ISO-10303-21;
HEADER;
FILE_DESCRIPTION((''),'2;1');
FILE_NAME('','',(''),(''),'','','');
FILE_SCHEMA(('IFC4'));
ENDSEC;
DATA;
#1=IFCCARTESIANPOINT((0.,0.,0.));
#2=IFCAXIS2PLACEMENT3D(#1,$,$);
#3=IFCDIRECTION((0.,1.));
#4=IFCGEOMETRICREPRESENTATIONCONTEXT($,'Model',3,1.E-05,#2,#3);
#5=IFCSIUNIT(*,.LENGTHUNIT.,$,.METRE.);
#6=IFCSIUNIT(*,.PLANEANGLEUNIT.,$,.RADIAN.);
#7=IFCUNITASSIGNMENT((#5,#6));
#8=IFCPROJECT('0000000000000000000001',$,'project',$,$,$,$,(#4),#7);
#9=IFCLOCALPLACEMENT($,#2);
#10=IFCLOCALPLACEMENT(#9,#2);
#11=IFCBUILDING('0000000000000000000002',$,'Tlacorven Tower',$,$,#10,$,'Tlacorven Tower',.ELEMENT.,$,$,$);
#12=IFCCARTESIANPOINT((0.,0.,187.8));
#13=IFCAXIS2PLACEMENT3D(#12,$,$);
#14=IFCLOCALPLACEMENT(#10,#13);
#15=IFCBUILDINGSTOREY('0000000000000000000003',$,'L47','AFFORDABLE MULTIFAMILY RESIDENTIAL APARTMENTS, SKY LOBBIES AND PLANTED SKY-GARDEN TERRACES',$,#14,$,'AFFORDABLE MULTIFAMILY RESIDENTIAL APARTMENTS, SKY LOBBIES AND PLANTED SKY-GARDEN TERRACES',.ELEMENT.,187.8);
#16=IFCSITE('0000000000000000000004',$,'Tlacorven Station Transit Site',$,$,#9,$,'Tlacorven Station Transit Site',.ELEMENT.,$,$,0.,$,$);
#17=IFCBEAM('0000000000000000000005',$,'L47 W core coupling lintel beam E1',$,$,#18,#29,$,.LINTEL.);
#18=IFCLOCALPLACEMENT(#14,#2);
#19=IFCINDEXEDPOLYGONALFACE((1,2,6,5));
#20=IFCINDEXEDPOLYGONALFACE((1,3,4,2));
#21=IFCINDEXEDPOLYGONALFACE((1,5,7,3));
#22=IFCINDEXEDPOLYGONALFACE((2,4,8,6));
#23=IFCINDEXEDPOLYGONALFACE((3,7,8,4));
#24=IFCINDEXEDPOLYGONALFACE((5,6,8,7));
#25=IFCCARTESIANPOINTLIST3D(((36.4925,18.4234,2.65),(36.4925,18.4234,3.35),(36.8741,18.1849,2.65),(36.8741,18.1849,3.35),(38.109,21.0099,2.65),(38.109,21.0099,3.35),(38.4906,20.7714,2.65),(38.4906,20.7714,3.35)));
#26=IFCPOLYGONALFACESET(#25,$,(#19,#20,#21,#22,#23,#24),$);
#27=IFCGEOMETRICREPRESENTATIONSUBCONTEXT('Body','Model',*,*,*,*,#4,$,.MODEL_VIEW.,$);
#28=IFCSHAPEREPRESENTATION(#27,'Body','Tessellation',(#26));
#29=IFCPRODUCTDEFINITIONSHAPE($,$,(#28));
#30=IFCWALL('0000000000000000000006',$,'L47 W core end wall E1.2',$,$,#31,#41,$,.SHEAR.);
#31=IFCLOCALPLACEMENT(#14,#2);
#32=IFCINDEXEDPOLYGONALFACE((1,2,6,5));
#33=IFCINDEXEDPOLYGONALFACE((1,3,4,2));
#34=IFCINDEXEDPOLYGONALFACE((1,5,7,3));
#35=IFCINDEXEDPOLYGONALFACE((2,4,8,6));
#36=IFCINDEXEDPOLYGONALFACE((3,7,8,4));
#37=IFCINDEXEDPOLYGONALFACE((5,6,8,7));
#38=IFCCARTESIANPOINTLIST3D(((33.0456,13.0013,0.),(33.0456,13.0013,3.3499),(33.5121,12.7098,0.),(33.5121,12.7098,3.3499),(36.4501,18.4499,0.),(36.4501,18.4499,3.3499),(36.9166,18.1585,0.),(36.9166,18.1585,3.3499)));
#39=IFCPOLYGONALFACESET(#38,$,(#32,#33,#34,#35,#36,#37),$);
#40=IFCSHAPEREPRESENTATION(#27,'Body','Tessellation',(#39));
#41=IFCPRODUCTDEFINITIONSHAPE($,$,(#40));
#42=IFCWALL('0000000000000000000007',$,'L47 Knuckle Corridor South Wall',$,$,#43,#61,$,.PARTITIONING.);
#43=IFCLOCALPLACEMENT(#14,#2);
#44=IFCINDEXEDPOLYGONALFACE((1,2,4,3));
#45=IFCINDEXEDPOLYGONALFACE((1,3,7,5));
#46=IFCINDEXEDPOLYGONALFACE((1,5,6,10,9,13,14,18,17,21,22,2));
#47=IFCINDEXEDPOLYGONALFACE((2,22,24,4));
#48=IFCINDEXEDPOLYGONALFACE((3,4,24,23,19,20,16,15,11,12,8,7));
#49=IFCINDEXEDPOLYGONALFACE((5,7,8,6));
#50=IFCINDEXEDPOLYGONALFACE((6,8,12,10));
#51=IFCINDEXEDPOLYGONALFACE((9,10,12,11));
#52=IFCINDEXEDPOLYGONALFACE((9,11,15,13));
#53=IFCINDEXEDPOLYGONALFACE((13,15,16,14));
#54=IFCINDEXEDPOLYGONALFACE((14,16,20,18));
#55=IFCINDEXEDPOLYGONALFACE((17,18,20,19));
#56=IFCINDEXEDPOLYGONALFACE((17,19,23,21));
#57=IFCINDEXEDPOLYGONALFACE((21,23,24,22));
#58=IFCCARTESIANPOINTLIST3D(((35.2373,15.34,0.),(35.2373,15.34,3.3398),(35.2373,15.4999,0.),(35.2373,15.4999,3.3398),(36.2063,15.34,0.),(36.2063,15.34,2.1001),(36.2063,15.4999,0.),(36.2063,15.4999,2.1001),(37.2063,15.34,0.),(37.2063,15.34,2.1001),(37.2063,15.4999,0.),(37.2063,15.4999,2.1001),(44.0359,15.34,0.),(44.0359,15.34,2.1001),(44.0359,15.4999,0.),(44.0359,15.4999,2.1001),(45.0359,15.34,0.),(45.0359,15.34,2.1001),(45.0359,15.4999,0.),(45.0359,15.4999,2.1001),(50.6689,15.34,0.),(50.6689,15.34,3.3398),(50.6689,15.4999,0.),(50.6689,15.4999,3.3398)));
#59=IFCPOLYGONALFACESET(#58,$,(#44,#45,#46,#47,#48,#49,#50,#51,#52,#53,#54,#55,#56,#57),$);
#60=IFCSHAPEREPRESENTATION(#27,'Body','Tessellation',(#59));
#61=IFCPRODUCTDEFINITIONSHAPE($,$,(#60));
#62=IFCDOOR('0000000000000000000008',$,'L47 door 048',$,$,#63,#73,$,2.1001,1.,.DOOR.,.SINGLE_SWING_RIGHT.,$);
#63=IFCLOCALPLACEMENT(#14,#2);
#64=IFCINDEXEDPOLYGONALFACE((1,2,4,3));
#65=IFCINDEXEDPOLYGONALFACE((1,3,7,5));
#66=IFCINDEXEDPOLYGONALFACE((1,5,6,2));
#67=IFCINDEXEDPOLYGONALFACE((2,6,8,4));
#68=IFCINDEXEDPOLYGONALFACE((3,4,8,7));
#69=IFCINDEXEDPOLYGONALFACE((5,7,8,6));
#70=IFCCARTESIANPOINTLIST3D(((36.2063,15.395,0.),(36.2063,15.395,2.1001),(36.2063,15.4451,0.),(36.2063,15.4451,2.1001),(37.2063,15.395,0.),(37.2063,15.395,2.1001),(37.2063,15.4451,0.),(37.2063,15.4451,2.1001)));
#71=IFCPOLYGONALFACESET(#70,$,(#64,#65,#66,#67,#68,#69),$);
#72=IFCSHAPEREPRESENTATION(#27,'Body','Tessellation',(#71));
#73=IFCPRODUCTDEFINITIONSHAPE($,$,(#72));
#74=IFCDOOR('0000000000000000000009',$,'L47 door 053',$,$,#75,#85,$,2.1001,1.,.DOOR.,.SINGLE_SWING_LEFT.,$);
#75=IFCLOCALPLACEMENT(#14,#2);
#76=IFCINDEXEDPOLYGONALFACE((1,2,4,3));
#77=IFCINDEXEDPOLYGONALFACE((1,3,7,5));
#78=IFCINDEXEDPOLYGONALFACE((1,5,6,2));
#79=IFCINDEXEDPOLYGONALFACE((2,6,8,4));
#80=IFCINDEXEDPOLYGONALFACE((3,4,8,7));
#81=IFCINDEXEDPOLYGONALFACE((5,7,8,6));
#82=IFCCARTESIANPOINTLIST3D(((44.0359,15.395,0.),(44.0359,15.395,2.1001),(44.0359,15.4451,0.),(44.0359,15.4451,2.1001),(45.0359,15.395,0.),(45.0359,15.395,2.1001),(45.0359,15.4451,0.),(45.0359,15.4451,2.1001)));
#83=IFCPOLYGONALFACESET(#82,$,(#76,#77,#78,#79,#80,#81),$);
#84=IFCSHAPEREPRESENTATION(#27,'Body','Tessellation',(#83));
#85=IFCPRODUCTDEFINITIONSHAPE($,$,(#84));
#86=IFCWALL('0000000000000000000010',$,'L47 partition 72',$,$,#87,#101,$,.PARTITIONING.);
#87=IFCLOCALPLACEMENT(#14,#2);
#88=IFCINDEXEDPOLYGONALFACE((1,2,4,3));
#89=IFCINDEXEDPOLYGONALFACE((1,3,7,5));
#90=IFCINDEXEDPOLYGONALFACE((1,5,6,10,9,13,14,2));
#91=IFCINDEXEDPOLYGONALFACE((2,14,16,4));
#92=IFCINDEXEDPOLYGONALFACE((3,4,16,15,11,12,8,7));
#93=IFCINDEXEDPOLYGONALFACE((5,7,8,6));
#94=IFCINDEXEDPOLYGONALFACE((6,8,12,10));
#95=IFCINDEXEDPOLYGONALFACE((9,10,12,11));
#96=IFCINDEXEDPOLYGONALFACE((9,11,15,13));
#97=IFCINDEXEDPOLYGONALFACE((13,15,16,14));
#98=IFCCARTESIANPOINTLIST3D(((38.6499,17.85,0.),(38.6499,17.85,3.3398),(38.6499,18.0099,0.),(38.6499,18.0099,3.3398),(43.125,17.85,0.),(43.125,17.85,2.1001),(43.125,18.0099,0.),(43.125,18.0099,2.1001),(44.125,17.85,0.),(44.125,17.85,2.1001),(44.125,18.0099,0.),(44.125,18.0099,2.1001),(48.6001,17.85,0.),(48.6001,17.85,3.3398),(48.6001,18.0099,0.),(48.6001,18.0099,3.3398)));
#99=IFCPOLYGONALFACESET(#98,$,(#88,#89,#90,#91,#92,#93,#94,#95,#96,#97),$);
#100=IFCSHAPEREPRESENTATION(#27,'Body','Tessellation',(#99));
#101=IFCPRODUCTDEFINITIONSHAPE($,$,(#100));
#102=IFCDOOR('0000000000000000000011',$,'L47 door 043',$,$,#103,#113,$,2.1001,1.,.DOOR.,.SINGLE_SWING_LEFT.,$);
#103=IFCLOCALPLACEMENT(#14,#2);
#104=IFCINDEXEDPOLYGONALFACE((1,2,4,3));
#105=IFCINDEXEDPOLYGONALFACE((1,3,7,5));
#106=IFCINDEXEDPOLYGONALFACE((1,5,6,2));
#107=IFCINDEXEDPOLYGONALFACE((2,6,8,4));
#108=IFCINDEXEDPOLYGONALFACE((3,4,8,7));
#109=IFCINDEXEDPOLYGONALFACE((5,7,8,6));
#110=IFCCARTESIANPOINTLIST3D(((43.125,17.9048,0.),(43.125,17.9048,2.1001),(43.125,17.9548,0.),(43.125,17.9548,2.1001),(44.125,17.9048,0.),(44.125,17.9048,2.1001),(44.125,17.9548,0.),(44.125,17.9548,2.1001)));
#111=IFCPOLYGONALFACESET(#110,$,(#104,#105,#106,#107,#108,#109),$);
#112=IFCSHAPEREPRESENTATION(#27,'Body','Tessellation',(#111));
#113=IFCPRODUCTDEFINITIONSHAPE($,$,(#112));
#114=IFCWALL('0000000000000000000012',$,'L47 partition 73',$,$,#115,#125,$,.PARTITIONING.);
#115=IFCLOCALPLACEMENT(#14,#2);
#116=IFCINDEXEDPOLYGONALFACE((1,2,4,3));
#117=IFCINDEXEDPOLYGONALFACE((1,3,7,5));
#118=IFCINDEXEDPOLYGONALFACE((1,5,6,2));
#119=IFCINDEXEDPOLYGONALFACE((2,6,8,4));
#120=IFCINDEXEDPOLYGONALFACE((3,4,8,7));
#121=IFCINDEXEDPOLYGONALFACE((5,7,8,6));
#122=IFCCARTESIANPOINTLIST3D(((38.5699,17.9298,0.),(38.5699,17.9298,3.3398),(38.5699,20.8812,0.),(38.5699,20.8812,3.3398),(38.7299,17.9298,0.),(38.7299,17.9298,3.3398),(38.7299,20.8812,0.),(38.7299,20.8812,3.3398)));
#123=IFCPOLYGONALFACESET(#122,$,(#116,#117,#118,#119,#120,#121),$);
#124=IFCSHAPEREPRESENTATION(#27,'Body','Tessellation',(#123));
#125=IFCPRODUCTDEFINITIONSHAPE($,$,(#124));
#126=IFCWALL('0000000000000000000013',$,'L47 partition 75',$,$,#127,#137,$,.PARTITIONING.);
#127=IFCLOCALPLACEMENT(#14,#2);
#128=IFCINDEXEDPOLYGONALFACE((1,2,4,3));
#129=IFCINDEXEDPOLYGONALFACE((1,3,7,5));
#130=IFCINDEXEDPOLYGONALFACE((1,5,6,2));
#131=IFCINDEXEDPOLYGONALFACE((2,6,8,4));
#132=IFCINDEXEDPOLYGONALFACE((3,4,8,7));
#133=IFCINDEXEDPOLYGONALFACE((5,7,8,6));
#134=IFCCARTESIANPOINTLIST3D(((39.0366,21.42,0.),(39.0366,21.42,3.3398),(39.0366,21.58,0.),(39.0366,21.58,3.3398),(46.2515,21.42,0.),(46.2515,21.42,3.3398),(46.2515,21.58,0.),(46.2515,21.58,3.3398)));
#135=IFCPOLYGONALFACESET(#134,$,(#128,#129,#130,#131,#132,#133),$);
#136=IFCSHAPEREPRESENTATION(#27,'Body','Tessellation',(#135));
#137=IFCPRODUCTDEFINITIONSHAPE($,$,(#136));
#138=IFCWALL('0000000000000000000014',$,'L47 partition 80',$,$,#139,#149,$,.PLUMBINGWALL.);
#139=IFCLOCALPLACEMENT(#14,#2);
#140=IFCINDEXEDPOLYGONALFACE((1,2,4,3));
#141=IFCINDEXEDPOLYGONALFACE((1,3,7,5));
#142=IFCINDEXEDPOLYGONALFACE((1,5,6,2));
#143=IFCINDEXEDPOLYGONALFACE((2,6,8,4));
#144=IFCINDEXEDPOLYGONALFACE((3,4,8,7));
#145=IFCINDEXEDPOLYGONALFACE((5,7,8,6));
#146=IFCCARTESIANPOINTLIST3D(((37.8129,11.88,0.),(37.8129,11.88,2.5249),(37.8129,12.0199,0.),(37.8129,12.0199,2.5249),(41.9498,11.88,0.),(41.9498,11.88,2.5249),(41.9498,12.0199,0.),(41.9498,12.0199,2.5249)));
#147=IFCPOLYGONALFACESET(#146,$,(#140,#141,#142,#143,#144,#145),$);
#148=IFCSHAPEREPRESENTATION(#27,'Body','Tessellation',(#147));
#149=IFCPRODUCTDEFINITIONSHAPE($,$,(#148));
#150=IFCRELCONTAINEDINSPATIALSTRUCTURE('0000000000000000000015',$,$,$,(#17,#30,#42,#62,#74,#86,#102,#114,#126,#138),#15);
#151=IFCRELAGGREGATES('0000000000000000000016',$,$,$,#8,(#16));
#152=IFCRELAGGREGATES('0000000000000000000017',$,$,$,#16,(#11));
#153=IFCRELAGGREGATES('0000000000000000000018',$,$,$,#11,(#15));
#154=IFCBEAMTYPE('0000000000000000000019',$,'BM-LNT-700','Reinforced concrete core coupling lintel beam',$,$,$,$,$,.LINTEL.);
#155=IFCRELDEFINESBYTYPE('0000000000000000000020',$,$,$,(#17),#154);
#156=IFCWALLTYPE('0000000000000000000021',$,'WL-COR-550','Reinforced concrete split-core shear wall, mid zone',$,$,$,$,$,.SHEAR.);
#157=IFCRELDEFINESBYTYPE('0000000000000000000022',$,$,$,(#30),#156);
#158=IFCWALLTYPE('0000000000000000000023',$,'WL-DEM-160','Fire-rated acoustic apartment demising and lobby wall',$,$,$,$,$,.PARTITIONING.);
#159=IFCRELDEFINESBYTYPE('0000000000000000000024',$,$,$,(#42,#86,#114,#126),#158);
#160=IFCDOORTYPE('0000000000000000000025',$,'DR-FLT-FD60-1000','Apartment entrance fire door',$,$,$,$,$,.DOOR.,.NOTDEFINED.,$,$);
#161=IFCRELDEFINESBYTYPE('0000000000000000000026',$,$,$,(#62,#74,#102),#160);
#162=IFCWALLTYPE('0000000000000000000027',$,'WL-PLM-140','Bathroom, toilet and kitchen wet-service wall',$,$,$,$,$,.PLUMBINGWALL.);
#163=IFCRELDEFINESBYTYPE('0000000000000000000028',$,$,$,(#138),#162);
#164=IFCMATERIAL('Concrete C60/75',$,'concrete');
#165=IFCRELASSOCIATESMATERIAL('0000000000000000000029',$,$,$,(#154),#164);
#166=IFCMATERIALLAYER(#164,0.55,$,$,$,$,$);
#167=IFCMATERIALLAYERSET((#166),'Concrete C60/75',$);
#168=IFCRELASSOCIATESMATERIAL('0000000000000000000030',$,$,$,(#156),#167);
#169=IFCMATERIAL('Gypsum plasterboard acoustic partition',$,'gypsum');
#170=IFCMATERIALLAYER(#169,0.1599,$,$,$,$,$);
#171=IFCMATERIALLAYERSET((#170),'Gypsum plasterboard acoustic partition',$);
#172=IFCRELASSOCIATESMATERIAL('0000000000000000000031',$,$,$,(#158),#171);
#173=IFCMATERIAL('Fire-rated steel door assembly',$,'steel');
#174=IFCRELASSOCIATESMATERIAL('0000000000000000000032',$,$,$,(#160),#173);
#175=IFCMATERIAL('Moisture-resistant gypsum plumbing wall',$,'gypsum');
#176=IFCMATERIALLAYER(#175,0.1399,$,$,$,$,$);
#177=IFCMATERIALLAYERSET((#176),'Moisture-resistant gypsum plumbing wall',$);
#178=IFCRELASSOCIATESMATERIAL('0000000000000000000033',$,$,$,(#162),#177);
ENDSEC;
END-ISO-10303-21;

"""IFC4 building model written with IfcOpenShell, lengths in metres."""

from ifc_helpers import new_model, si_unit, direction, frame, frame_2d, origin, origin_2d, place, context, subcontext, project, spatial, rectangle, extrude, source, transform, mapped, material, layer, layer_set, material_profile, profile_set, type_object, element, fill, save


model = new_model("IFC4")

# Units and contexts
model_context = context("Model", 3, precision=1e-05, world=origin(), true_north=direction((0.0, 1.0)))
body_context = subcontext(model_context, "Body", "Model", "MODEL_VIEW")
ifc_project = project(units=[si_unit("LENGTHUNIT", "METRE"), si_unit("PLANEANGLEUNIT", "RADIAN")], contexts=[model_context])

# Site, building, storey
site_placement = place(None, origin())
site = spatial("IfcSite", under=ifc_project, at=site_placement, Name="Tlacorven Station Transit Site", LongName="Tlacorven Station Transit Site", CompositionType="ELEMENT", RefElevation=0.0)
building_placement = place(site_placement, origin())
building = spatial("IfcBuilding", under=site, at=building_placement, Name="Tlacorven Tower", LongName="Tlacorven Tower", CompositionType="ELEMENT")
storey_placement = place(building_placement, frame((0.0, 0.0, 187.8)))
storey = spatial("IfcBuildingStorey", under=building, at=storey_placement, Name="L47", Description="AFFORDABLE MULTIFAMILY RESIDENTIAL APARTMENTS, SKY LOBBIES AND PLANTED SKY-GARDEN TERRACES", LongName="AFFORDABLE MULTIFAMILY RESIDENTIAL APARTMENTS, SKY LOBBIES AND PLANTED SKY-GARDEN TERRACES", CompositionType="ELEMENT", Elevation=187.8)

# Beam
ifc_material_1 = material(Name="Concrete C60/75", Category="concrete")
ifc_material_profile = material_profile(ifc_material_1, rectangle(XDim=0.45, YDim=0.7, at=origin_2d()), Name="RC 450X700")
ifc_profile_set = profile_set([ifc_material_profile], Name="Concrete C60/75")
beam_type = type_object("IfcBeamType", Name="BM-LNT-700", Description="Reinforced concrete core coupling lintel beam", PredefinedType="LINTEL", material=ifc_profile_set)
shared_shape_1 = source(origin(), body_context, "Body", "SweptSolid", [
    extrude(rectangle(XDim=0.45, YDim=0.7, at=origin_2d()), origin(), (0.0, 0.0, 1.0), 3.05),
])
beam_placement = place(storey_placement, frame((38.2998, 20.8906, 3.0), z_axis=(-0.529985, -0.848007, 0.0), x_axis=(0.848007, -0.529985, 0.0)))
element("IfcBeam", 1, at=beam_placement, inside=storey, type_object=beam_type, Name="L47 W core coupling lintel beam E1", PredefinedType="LINTEL", context=body_context, shape_type="MappedRepresentation", body=[
    mapped(shared_shape_1, transform((0.0, 0.0, 0.0), scale=1.0)),
])

# Wall
ifc_layer_1 = layer(ifc_material_1, 0.55)
ifc_layer_set_1 = layer_set([ifc_layer_1], Name="Concrete C60/75")
wall_type_1 = type_object("IfcWallType", Name="WL-COR-550", Description="Reinforced concrete split-core shear wall, mid zone", PredefinedType="SHEAR", material=ifc_layer_set_1)
wall_1_placement = place(storey_placement, frame((36.6833, 18.3042, 0.0), z_axis=(0.0, 0.0, 1.0), x_axis=(-0.529896, -0.848062, 0.0)))
element("IfcWall", 2, at=wall_1_placement, inside=storey, type_object=wall_type_1, Name="L47 W core end wall E1.2", PredefinedType="SHEAR", context=body_context, shape_type="SweptSolid", body=[
    extrude(rectangle(XDim=6.4248, YDim=0.55, at=frame_2d((3.2124, 0.0))), origin(), (0.0, 0.0, 1.0), 3.3499),
])

# Wall, openings, doors
ifc_material_2 = material(Name="Gypsum plasterboard acoustic partition", Category="gypsum")
ifc_layer_2 = layer(ifc_material_2, 0.1599)
ifc_layer_set_2 = layer_set([ifc_layer_2], Name="Gypsum plasterboard acoustic partition")
wall_type_2 = type_object("IfcWallType", Name="WL-DEM-160", Description="Fire-rated acoustic apartment demising and lobby wall", PredefinedType="PARTITIONING", material=ifc_layer_set_2)
wall_2_placement = place(storey_placement, frame((35.2373, 15.4199, 0.0), z_axis=(0.0, 0.0, 1.0), x_axis=(1.0, 0.0, 0.0)))
wall_2 = element("IfcWall", 3, at=wall_2_placement, inside=storey, type_object=wall_type_2, Name="L47 Knuckle Corridor South Wall", PredefinedType="PARTITIONING", context=body_context, shape_type="SweptSolid", body=[
    extrude(rectangle(XDim=15.4316, YDim=0.1599, at=frame_2d((7.7158, 0.0))), origin(), (0.0, 0.0, 1.0), 3.3398),
])
opening_1_placement = place(wall_2_placement, frame((0.969, 0.0, 0.0)))
opening_1 = element("IfcOpeningElement", 4, at=opening_1_placement, cuts=wall_2, PredefinedType="OPENING", context=body_context, shape_type="SweptSolid", body=[
    extrude(rectangle(XDim=1.0, YDim=2.1001, at=frame_2d((0.5, 1.05))), frame((0.0, 0.0898, 0.0), z_axis=(0.0, -1.0, 0.0), x_axis=(1.0, 0.0, 0.0)), (0.0, 0.0, 1.0), 0.1799),
])
opening_2_placement = place(wall_2_placement, frame((8.7986, 0.0, 0.0)))
opening_2 = element("IfcOpeningElement", 5, at=opening_2_placement, cuts=wall_2, PredefinedType="OPENING", context=body_context, shape_type="SweptSolid", body=[
    extrude(rectangle(XDim=1.0, YDim=2.1001, at=frame_2d((0.5, 1.05))), frame((0.0, 0.0898, 0.0), z_axis=(0.0, -1.0, 0.0), x_axis=(1.0, 0.0, 0.0)), (0.0, 0.0, 1.0), 0.1799),
])
ifc_material_3 = material(Name="Fire-rated steel door assembly", Category="steel")
door_type_1 = type_object("IfcDoorType", Name="DR-FLT-FD60-1000", Description="Apartment entrance fire door", OperationType="NOTDEFINED", PredefinedType="DOOR", material=ifc_material_3)
shared_shape_2 = source(origin(), body_context, "Body", "SweptSolid", [
    extrude(rectangle(XDim=1.0, YDim=2.1001, at=frame_2d((0.5, 1.05))), frame((0.0, 0.0249, 0.0), z_axis=(0.0, -1.0, 0.0), x_axis=(1.0, 0.0, 0.0)), (0.0, 0.0, 1.0), 0.05),
])
door_1_placement = place(opening_1_placement, frame((1.0, 0.0, 0.0), z_axis=(0.0, 0.0, 1.0), x_axis=(-1.0, 0.0, 0.0)))
door_1 = element("IfcDoor", 6, at=door_1_placement, inside=storey, type_object=door_type_1, Name="L47 door 048", OperationType="SINGLE_SWING_RIGHT", OverallHeight=2.1001, OverallWidth=1.0, PredefinedType="DOOR", context=body_context, shape_type="MappedRepresentation", body=[
    mapped(shared_shape_2, transform((0.0, 0.0, 0.0), scale=1.0)),
])
fill(opening_1, door_1)
door_2_placement = place(opening_2_placement, frame((1.0, 0.0, 0.0), z_axis=(0.0, 0.0, 1.0), x_axis=(-1.0, 0.0, 0.0)))
door_2 = element("IfcDoor", 7, at=door_2_placement, inside=storey, type_object=door_type_1, Name="L47 door 053", OperationType="SINGLE_SWING_LEFT", OverallHeight=2.1001, OverallWidth=1.0, PredefinedType="DOOR", context=body_context, shape_type="MappedRepresentation", body=[
    mapped(shared_shape_2, transform((0.0, 0.0, 0.0), scale=1.0)),
])
fill(opening_2, door_2)

# Wall, opening, door
wall_3_placement = place(storey_placement, frame((38.6499, 17.9299, 0.0), z_axis=(0.0, 0.0, 1.0), x_axis=(1.0, 0.0, 0.0)))
wall_3 = element("IfcWall", 8, at=wall_3_placement, inside=storey, type_object=wall_type_2, Name="L47 partition 72", PredefinedType="PARTITIONING", context=body_context, shape_type="SweptSolid", body=[
    extrude(rectangle(XDim=9.9502, YDim=0.1599, at=frame_2d((4.9751, 0.0))), origin(), (0.0, 0.0, 1.0), 3.3398),
])
opening_3_placement = place(wall_3_placement, frame((4.4751, 0.0, 0.0)))
opening_3 = element("IfcOpeningElement", 9, at=opening_3_placement, cuts=wall_3, PredefinedType="OPENING", context=body_context, shape_type="SweptSolid", body=[
    extrude(rectangle(XDim=1.0, YDim=2.1001, at=frame_2d((0.5, 1.05))), frame((0.0, 0.0898, 0.0), z_axis=(0.0, -1.0, 0.0), x_axis=(1.0, 0.0, 0.0)), (0.0, 0.0, 1.0), 0.1799),
])
door_3_placement = place(opening_3_placement, origin())
door_3 = element("IfcDoor", 10, at=door_3_placement, inside=storey, type_object=door_type_1, Name="L47 door 043", OperationType="SINGLE_SWING_LEFT", OverallHeight=2.1001, OverallWidth=1.0, PredefinedType="DOOR", context=body_context, shape_type="MappedRepresentation", body=[
    mapped(shared_shape_2, transform((0.0, 0.0, 0.0), scale=1.0)),
])
fill(opening_3, door_3)

# Walls
wall_4_placement = place(storey_placement, frame((38.6499, 17.9299, 0.0), z_axis=(0.0, 0.0, 1.0), x_axis=(0.0, 1.0, 0.0)))
element("IfcWall", 11, at=wall_4_placement, inside=storey, type_object=wall_type_2, Name="L47 partition 73", PredefinedType="PARTITIONING", context=body_context, shape_type="SweptSolid", body=[
    extrude(rectangle(XDim=2.9514, YDim=0.1599, at=frame_2d((1.4756, 0.0))), origin(), (0.0, 0.0, 1.0), 3.3398),
])
wall_5_placement = place(storey_placement, frame((39.0366, 21.5, 0.0), z_axis=(0.0, 0.0, 1.0), x_axis=(1.0, 0.0, 0.0)))
element("IfcWall", 12, at=wall_5_placement, inside=storey, type_object=wall_type_2, Name="L47 partition 75", PredefinedType="PARTITIONING", context=body_context, shape_type="SweptSolid", body=[
    extrude(rectangle(XDim=7.2148, YDim=0.1599, at=frame_2d((3.6074, 0.0))), origin(), (0.0, 0.0, 1.0), 3.3398),
])
ifc_material_4 = material(Name="Moisture-resistant gypsum plumbing wall", Category="gypsum")
ifc_layer_3 = layer(ifc_material_4, 0.1399)
ifc_layer_set_3 = layer_set([ifc_layer_3], Name="Moisture-resistant gypsum plumbing wall")
wall_type_3 = type_object("IfcWallType", Name="WL-PLM-140", Description="Bathroom, toilet and kitchen wet-service wall", PredefinedType="PLUMBINGWALL", material=ifc_layer_set_3)
wall_6_placement = place(storey_placement, frame((37.813, 11.95, 0.0), z_axis=(0.0, 0.0, 1.0), x_axis=(1.0, 0.0, 0.0)))
element("IfcWall", 13, at=wall_6_placement, inside=storey, type_object=wall_type_3, Name="L47 partition 80", PredefinedType="PLUMBINGWALL", context=body_context, shape_type="SweptSolid", body=[
    extrude(rectangle(XDim=4.137, YDim=0.1399, at=frame_2d((2.0684, 0.0))), origin(), (0.0, 0.0, 1.0), 2.5249),
])

save(model, "model.ifc")
